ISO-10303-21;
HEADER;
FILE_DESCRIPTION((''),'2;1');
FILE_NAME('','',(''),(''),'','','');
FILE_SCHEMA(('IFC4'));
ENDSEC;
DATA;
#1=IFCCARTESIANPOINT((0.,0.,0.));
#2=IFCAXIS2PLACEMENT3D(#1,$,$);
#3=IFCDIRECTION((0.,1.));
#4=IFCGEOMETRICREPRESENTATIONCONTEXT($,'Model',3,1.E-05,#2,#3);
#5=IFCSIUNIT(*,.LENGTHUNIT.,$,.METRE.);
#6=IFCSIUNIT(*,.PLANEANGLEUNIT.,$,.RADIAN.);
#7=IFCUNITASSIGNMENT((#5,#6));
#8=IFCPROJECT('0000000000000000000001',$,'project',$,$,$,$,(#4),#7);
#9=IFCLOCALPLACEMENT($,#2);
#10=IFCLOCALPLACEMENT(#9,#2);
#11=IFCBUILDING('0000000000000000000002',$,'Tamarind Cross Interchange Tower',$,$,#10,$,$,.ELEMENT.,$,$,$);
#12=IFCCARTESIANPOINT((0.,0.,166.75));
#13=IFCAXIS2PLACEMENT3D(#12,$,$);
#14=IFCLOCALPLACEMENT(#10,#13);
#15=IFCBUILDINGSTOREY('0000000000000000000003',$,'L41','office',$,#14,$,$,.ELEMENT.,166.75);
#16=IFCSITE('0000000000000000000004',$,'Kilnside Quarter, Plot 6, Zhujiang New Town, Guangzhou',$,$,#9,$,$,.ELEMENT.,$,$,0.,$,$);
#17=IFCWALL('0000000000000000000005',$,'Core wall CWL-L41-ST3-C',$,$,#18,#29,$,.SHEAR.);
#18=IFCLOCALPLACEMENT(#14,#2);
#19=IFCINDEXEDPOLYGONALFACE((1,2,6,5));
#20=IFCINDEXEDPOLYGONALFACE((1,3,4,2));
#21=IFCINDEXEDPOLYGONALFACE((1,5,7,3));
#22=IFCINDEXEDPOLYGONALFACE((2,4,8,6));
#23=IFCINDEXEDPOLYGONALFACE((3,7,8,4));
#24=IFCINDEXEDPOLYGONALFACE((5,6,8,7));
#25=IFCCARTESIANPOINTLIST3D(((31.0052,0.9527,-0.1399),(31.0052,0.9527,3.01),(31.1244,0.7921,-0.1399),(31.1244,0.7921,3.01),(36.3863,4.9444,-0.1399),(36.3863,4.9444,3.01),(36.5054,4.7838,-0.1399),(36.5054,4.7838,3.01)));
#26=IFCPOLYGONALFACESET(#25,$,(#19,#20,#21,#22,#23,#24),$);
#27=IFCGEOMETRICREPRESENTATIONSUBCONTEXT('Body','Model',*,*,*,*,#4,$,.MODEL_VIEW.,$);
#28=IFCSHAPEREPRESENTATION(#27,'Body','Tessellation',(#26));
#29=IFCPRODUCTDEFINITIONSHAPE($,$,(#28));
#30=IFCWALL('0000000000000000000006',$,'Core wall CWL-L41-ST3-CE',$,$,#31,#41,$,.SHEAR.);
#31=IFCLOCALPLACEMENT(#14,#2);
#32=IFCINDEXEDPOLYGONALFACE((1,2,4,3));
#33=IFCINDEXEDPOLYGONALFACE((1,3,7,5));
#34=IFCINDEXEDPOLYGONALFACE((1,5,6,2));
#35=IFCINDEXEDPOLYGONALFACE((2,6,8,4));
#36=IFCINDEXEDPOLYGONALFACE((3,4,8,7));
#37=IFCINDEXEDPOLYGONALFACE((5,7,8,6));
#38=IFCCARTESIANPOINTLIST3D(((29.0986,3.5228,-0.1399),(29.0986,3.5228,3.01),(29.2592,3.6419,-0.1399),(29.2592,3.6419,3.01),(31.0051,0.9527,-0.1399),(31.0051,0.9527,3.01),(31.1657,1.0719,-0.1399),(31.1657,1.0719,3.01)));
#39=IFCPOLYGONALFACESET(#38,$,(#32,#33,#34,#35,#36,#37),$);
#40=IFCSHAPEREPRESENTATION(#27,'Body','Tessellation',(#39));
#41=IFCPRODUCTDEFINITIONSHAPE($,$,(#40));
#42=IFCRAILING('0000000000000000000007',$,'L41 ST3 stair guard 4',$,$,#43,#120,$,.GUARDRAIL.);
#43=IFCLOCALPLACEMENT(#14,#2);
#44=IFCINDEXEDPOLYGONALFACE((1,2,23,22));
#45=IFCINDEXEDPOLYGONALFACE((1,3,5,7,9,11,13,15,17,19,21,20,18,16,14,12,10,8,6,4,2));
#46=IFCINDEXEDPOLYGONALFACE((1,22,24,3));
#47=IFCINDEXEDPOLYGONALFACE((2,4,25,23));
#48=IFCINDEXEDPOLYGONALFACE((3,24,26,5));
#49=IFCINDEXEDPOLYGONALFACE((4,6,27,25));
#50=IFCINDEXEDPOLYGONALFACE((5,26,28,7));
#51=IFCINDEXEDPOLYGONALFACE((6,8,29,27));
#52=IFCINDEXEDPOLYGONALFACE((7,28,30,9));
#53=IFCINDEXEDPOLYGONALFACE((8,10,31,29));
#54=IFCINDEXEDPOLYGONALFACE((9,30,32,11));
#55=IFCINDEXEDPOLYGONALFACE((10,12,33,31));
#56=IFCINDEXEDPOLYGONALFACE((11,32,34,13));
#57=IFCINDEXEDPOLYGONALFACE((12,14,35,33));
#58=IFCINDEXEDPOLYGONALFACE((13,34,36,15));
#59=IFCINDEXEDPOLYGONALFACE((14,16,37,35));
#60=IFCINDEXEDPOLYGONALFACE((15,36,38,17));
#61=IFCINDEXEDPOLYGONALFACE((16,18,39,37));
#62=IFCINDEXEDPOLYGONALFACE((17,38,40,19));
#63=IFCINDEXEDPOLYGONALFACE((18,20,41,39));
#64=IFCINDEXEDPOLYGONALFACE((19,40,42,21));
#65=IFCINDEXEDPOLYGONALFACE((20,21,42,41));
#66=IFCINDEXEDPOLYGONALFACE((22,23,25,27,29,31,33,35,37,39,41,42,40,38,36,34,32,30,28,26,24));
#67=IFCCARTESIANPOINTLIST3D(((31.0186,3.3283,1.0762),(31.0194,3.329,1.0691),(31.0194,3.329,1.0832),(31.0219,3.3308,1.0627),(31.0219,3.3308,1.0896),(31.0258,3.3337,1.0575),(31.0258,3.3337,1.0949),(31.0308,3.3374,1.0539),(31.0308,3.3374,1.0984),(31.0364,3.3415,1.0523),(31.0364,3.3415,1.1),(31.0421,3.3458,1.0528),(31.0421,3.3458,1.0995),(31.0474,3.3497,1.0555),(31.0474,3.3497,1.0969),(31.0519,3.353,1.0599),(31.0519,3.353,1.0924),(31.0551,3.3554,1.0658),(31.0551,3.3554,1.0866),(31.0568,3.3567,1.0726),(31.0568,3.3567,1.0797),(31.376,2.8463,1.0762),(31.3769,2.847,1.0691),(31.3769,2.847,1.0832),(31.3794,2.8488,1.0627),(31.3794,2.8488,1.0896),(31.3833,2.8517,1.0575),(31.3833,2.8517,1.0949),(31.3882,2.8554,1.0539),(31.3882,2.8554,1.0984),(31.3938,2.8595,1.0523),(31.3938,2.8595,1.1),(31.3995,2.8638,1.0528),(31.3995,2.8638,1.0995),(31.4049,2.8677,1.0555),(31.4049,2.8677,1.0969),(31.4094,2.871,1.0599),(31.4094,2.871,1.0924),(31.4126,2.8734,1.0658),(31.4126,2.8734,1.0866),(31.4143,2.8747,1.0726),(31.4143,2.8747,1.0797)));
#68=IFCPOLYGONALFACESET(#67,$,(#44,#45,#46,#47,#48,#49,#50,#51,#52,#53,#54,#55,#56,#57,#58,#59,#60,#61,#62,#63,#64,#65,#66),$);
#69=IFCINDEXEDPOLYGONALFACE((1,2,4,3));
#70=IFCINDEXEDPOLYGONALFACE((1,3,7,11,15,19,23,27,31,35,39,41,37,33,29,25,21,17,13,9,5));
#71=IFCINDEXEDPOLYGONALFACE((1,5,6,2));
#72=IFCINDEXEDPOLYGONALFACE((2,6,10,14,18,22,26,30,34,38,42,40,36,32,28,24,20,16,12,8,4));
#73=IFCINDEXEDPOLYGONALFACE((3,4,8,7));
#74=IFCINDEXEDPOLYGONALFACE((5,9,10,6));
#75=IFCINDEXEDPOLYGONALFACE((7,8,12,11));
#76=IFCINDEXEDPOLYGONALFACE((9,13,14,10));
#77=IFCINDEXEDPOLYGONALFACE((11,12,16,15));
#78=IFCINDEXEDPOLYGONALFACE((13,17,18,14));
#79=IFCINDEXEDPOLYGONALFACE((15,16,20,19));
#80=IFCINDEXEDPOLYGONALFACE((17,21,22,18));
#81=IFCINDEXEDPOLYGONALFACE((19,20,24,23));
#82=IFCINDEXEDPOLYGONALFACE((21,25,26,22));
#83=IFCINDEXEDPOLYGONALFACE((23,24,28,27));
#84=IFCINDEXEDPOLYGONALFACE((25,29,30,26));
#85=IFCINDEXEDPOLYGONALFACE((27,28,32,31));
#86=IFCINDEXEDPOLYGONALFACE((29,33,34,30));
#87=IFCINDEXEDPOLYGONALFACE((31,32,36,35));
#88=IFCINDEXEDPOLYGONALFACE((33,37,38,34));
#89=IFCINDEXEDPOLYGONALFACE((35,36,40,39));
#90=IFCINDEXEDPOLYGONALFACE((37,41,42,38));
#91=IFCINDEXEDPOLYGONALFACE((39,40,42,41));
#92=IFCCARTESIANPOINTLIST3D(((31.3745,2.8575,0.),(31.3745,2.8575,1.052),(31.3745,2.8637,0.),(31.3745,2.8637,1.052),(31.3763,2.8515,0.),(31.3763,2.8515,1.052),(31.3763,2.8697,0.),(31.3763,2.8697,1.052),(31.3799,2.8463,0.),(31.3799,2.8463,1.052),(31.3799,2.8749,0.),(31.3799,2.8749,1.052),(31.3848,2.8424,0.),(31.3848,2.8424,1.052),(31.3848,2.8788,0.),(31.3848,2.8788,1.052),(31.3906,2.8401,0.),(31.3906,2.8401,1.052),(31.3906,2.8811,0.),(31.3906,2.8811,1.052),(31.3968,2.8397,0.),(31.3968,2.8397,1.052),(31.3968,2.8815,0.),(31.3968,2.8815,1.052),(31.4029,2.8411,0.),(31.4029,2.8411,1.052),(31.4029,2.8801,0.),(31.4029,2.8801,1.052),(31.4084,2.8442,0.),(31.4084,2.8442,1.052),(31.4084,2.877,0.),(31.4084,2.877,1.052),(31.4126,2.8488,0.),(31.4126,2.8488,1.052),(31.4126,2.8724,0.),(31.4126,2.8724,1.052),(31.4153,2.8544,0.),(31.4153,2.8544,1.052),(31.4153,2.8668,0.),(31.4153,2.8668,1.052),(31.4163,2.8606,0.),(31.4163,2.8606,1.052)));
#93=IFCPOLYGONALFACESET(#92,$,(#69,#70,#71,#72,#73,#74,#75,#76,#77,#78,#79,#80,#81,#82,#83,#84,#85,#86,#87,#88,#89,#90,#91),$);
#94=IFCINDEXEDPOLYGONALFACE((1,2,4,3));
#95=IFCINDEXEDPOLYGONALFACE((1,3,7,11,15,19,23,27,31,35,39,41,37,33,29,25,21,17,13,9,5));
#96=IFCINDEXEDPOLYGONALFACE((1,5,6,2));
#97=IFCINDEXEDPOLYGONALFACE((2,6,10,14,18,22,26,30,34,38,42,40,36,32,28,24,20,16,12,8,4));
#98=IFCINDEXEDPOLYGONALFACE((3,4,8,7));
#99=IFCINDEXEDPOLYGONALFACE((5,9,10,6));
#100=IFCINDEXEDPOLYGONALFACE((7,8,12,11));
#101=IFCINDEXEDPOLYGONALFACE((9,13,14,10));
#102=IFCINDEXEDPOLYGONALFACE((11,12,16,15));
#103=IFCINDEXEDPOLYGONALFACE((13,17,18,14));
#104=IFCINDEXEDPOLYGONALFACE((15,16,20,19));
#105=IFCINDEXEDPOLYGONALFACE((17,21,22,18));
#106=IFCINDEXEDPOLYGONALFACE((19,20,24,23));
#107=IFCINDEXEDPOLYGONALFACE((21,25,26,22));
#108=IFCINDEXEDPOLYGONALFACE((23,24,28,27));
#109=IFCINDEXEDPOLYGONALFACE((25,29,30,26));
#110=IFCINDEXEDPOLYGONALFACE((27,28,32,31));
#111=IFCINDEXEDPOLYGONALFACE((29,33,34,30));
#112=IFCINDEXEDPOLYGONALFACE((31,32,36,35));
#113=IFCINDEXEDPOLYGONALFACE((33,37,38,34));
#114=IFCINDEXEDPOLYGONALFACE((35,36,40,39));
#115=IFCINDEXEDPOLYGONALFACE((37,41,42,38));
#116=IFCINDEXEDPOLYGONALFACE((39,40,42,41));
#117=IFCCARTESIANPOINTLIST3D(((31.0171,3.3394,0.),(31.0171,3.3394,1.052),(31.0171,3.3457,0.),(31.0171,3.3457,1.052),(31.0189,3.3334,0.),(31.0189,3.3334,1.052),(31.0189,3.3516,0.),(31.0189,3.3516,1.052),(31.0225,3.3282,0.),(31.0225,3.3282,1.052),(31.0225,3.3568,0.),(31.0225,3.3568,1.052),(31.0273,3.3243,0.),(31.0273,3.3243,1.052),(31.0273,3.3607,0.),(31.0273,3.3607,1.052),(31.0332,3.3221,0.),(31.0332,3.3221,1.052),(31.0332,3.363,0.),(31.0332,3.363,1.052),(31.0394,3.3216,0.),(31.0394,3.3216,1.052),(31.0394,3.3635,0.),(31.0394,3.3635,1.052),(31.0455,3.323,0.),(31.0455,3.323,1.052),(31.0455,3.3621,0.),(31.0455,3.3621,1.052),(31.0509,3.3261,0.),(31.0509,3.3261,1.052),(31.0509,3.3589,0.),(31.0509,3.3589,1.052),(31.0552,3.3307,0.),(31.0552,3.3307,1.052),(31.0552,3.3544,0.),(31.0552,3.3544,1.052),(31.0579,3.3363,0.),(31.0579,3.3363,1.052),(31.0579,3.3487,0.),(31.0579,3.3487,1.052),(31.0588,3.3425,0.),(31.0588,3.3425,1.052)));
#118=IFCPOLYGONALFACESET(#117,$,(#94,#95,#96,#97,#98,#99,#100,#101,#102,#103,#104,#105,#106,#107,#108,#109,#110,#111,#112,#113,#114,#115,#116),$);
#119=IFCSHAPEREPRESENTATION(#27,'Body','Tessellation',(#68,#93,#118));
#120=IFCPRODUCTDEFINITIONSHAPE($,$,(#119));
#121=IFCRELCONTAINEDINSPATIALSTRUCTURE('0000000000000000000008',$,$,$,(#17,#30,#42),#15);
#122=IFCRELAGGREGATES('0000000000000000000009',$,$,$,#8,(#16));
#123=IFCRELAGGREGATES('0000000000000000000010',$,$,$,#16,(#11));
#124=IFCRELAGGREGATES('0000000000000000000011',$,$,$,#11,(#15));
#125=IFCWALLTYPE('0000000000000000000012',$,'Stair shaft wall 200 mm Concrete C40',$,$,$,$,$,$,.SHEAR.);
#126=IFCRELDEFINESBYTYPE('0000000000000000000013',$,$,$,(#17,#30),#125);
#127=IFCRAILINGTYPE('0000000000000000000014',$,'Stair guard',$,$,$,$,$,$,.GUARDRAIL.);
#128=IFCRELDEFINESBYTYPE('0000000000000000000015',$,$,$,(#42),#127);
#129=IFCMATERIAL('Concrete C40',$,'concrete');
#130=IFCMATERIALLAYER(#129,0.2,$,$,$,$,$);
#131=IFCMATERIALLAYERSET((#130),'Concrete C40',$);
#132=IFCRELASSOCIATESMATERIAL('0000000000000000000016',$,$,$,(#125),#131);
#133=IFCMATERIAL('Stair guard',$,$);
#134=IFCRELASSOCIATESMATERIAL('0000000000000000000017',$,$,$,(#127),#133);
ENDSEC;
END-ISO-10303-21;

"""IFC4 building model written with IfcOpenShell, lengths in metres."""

from ifc_helpers import new_model, si_unit, direction, frame, frame_2d, origin, origin_2d, place, context, subcontext, project, spatial, rectangle, circle, extrude, material, layer, layer_set, type_object, element, save


model = new_model("IFC4")

# Units and contexts
model_context = context("Model", 3, precision=1e-05, world=origin(), true_north=direction((0.0, 1.0)))
body_context = subcontext(model_context, "Body", "Model", "MODEL_VIEW")
ifc_project = project(units=[si_unit("LENGTHUNIT", "METRE"), si_unit("PLANEANGLEUNIT", "RADIAN")], contexts=[model_context])

# Site, building, storey
site_placement = place(None, origin())
site = spatial("IfcSite", under=ifc_project, at=site_placement, Name="Kilnside Quarter, Plot 6, Zhujiang New Town, Guangzhou", CompositionType="ELEMENT", RefElevation=0.0)
building_placement = place(site_placement, origin())
building = spatial("IfcBuilding", under=site, at=building_placement, Name="Tamarind Cross Interchange Tower", CompositionType="ELEMENT")
storey_placement = place(building_placement, frame((0.0, 0.0, 166.75)))
storey = spatial("IfcBuildingStorey", under=building, at=storey_placement, Name="L41", Description="office", CompositionType="ELEMENT", Elevation=166.75)

# Shared definitions
ifc_material_1 = material(Name="Concrete C40", Category="concrete")
ifc_layer_1 = layer(ifc_material_1, 0.2)
ifc_layer_set_1 = layer_set([ifc_layer_1], Name="Concrete C40")
wall_type_1 = type_object("IfcWallType", Name="Stair shaft wall 200 mm Concrete C40", PredefinedType="SHEAR", material=ifc_layer_set_1)

# Walls
wall_1_placement = place(storey_placement, frame((31.0647, 0.8723, -0.1399), z_axis=(0.0, 0.0, 1.0), x_axis=(0.80315, 0.595776, 0.0)))
element("IfcWall", 1, at=wall_1_placement, inside=storey, type_object=wall_type_1, Name="Core wall CWL-L41-ST3-C", PredefinedType="SHEAR", context=body_context, shape_type="SweptSolid", body=[
    extrude(rectangle(XDim=6.7, YDim=0.2, at=frame_2d((3.3501, 0.0))), origin(), (0.0, 0.0, 1.0), 3.1499),
])
wall_2_placement = place(storey_placement, frame((31.0854, 1.0122, -0.1399), z_axis=(0.0, 0.0, 1.0), x_axis=(-0.59578, 0.803147, 0.0)))
element("IfcWall", 2, at=wall_2_placement, inside=storey, type_object=wall_type_1, Name="Core wall CWL-L41-ST3-CE", PredefinedType="SHEAR", context=body_context, shape_type="SweptSolid", body=[
    extrude(rectangle(XDim=3.2, YDim=0.2, at=frame_2d((1.6001, 0.0))), origin(), (0.0, 0.0, 1.0), 3.1499),
])

# Railing
ifc_material_2 = material(Name="Stair guard")
railing_type = type_object("IfcRailingType", Name="Stair guard", PredefinedType="GUARDRAIL", material=ifc_material_2)
railing_placement = place(storey_placement, frame((31.3953, 2.8606, 0.0)))
element("IfcRailing", 3, at=railing_placement, inside=storey, type_object=railing_type, Name="L41 ST3 stair guard 4", PredefinedType="GUARDRAIL", context=body_context, shape_type="SweptSolid", body=[
    extrude(circle(Radius=0.0239, at=origin_2d()), frame((0.0, 0.0, 1.0762), z_axis=(-0.595695, 0.803211, 0.0), x_axis=(-0.803211, -0.595695, 0.0)), (0.0, 0.0, 1.0), 0.6001),
    extrude(circle(Radius=0.021, at=origin_2d()), origin(), (0.0, 0.0, 1.0), 1.052),
    extrude(circle(Radius=0.021, at=origin_2d()), frame((-0.3574, 0.4819, 0.0)), (0.0, 0.0, 1.0), 1.052),
])

save(model, "model.ifc")
